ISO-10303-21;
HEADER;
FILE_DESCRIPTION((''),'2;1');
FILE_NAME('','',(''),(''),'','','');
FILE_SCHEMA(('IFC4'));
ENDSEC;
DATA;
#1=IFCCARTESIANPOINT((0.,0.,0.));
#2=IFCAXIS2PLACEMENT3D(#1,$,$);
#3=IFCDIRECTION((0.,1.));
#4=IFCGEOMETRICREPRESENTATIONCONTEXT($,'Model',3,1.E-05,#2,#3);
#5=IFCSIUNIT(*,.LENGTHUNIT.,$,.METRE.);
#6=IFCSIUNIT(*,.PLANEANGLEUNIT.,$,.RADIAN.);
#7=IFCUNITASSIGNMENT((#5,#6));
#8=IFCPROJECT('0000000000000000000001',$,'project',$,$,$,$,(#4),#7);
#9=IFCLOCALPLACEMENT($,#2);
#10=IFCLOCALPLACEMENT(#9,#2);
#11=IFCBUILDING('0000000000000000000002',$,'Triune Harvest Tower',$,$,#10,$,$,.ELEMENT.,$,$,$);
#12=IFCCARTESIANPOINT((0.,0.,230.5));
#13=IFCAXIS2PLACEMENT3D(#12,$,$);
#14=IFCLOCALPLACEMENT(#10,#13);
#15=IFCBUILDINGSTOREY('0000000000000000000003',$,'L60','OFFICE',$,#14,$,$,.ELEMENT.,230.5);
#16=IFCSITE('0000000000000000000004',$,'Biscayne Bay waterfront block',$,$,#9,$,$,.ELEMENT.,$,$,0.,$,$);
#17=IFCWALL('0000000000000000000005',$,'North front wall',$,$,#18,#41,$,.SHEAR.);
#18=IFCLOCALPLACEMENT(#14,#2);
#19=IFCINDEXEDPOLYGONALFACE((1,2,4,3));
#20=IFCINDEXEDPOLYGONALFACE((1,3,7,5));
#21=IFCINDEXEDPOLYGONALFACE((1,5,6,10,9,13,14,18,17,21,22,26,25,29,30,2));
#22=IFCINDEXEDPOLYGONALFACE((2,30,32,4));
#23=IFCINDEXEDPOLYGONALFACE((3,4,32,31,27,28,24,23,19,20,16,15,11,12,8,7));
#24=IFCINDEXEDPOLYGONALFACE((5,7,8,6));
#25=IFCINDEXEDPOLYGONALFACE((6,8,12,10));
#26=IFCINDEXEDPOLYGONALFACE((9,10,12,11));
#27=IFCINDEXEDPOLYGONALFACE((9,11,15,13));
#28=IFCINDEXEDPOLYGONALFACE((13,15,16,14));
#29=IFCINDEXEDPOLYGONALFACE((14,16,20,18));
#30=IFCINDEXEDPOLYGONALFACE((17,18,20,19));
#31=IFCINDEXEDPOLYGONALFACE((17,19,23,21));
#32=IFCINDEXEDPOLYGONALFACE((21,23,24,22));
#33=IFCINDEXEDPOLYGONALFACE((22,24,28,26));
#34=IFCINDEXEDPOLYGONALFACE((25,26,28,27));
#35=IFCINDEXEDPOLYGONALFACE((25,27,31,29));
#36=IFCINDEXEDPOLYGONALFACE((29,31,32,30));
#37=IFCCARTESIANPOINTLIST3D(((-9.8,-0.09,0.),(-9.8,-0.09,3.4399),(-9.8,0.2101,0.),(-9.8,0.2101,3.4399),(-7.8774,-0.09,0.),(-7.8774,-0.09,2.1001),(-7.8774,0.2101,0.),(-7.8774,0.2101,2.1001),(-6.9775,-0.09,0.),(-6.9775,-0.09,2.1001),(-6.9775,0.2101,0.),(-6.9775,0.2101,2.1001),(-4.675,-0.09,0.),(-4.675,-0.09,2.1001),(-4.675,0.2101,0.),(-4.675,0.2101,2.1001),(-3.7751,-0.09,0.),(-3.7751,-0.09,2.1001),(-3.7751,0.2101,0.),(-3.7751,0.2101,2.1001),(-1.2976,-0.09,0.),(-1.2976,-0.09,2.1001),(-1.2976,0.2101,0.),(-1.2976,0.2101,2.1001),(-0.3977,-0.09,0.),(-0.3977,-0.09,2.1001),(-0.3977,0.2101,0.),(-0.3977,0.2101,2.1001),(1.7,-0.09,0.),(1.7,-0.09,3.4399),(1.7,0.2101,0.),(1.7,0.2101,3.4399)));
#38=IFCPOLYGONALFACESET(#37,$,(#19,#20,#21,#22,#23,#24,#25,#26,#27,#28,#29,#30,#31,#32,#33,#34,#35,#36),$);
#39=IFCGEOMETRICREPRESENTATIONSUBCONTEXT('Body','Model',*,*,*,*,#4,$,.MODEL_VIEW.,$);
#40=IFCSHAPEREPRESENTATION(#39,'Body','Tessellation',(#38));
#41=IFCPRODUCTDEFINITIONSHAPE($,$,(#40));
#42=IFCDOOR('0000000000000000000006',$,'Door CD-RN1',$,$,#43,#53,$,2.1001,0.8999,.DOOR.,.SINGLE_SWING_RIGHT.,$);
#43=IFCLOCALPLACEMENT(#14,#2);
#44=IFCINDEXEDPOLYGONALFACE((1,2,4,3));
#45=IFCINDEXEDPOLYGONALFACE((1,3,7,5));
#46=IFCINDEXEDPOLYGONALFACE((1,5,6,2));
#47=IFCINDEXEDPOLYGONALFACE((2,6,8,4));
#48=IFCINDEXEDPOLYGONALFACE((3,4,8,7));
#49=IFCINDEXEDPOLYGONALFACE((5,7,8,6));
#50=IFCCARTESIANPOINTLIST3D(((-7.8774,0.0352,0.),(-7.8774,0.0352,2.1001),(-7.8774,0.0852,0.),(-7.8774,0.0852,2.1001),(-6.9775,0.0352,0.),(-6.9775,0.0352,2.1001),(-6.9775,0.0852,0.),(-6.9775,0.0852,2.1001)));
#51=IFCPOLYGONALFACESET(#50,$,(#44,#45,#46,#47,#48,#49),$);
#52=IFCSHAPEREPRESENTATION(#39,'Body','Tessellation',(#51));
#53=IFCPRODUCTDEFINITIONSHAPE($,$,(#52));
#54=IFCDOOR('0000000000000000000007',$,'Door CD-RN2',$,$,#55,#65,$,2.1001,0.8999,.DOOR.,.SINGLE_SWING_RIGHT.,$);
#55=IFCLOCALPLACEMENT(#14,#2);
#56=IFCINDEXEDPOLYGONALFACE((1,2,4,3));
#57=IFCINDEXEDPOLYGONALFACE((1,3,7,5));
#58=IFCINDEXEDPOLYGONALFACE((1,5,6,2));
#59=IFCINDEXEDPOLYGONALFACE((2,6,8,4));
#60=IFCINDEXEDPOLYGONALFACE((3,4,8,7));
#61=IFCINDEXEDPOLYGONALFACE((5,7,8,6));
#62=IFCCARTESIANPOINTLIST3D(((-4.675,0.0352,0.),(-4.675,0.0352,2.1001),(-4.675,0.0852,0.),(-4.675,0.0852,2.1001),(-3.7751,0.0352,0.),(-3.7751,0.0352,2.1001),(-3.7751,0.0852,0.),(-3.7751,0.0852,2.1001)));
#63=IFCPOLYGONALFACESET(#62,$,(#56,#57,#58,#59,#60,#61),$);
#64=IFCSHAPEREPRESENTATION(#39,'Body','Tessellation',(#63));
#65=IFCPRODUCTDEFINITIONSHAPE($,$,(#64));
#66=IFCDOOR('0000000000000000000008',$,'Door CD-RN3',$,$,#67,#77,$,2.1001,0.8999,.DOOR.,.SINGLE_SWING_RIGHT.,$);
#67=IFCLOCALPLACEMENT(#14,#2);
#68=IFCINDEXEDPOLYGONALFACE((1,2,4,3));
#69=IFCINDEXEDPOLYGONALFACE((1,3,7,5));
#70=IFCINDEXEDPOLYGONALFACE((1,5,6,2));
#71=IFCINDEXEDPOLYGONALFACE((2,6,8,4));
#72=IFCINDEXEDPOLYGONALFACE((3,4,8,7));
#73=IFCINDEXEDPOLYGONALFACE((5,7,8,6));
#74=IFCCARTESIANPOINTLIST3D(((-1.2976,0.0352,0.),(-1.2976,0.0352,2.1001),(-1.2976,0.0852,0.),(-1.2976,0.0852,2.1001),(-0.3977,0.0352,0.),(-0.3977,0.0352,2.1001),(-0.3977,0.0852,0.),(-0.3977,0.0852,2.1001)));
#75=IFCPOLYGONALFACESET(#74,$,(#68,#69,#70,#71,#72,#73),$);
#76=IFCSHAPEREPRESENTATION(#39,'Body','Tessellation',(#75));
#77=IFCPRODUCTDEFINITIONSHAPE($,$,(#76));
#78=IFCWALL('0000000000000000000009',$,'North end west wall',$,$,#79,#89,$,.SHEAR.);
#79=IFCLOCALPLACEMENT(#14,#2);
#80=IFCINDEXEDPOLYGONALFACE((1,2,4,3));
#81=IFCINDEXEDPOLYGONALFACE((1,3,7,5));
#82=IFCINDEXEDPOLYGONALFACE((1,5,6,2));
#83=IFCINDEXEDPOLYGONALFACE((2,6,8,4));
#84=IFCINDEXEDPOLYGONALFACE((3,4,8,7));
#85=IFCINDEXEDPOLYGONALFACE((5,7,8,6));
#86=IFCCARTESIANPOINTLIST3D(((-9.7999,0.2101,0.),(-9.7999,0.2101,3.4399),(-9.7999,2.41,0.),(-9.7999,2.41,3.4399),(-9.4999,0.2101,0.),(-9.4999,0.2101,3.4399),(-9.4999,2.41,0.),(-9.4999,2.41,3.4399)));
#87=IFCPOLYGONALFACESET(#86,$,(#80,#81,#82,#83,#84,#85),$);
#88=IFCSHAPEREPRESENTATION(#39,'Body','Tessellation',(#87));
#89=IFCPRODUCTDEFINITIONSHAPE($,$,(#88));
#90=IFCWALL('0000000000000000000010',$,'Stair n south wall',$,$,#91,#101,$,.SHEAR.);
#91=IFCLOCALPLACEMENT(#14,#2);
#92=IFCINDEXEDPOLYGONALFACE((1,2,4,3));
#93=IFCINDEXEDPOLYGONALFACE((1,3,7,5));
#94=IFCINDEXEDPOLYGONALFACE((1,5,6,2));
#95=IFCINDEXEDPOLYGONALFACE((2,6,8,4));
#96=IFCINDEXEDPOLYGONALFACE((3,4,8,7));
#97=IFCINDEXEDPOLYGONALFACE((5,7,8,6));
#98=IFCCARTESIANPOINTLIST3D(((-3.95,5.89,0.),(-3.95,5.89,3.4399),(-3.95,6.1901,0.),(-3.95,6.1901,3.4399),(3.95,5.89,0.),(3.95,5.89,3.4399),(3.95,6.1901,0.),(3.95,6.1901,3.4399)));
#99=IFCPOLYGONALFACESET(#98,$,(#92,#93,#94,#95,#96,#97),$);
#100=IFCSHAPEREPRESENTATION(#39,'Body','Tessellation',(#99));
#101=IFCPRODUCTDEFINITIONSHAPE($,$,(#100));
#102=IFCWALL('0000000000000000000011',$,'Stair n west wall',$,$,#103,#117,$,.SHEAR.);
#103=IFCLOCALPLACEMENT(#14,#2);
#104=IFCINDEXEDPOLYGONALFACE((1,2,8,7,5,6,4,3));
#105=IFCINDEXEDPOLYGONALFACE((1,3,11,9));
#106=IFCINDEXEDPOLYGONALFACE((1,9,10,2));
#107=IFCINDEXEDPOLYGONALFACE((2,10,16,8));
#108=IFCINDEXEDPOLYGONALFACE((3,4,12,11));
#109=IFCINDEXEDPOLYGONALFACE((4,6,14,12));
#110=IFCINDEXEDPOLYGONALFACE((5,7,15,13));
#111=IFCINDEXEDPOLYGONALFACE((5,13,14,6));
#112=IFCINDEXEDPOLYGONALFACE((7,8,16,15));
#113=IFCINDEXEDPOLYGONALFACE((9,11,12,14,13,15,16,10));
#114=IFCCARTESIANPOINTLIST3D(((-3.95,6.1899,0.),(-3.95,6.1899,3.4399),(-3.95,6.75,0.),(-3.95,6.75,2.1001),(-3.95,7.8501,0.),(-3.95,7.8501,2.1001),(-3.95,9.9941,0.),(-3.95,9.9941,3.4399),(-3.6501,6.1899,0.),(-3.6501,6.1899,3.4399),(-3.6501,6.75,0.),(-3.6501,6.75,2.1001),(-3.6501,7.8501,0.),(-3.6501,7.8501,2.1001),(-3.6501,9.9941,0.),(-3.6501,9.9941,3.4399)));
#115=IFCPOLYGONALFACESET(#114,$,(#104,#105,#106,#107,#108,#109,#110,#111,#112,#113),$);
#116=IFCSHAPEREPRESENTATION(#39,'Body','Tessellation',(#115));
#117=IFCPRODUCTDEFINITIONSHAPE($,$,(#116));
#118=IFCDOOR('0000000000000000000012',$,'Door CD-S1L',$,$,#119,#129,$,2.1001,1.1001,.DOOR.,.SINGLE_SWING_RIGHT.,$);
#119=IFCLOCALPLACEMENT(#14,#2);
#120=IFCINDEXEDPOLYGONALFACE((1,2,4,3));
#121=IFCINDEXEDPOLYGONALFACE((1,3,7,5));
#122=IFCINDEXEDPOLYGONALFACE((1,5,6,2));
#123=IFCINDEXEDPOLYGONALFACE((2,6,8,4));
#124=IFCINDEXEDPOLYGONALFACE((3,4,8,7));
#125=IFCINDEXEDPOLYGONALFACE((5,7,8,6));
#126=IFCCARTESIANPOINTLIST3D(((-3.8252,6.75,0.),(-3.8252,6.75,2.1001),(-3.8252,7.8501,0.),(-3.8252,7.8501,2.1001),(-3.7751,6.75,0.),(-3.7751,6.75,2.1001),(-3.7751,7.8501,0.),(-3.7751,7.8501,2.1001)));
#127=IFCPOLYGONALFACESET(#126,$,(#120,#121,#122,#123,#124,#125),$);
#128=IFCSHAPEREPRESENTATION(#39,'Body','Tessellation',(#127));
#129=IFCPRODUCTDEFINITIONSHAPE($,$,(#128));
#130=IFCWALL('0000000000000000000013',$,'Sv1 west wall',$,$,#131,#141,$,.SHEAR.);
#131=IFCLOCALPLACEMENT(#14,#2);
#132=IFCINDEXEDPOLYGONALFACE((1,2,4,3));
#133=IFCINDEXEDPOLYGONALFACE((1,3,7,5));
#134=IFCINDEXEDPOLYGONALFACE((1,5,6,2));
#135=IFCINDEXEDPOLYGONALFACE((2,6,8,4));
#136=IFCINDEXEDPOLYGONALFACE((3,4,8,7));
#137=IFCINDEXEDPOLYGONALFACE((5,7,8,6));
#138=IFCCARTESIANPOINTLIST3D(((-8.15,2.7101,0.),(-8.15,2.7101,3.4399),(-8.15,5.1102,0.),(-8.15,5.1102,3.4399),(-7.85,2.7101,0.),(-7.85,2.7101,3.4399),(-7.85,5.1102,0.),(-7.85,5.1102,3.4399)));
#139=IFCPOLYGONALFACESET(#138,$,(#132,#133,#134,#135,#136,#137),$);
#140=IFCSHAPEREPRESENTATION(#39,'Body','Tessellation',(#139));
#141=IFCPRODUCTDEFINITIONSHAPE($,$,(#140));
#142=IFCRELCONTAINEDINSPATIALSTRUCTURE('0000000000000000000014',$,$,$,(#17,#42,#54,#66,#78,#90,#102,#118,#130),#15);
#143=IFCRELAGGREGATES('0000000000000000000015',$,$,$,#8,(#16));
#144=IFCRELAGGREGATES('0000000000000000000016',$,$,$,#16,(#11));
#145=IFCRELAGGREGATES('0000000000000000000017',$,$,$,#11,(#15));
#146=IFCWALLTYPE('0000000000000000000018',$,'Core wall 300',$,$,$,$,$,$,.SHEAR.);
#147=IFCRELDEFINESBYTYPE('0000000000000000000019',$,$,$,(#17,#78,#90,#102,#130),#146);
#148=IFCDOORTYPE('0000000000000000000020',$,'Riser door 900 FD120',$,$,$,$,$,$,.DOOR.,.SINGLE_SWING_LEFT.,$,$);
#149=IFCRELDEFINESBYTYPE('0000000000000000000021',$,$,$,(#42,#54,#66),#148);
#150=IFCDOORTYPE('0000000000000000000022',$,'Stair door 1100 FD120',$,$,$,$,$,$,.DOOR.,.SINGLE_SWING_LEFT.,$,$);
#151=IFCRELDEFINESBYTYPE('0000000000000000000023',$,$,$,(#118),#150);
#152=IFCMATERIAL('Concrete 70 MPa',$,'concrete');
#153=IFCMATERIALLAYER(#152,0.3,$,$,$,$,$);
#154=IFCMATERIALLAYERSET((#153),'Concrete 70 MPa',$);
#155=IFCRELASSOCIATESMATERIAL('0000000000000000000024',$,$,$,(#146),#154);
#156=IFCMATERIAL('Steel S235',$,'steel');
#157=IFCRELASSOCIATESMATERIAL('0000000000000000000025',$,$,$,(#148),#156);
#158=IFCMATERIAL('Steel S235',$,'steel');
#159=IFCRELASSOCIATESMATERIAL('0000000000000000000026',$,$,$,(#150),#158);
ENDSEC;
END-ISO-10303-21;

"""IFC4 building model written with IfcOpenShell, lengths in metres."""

from ifc_helpers import new_model, si_unit, direction, frame, frame_2d, origin, place, context, subcontext, project, spatial, polyline, rectangle, outline, extrude, source, transform, mapped, material, layer, layer_set, type_object, element, fill, save


model = new_model("IFC4")

# Units and contexts
model_context = context("Model", 3, precision=1e-05, world=origin(), true_north=direction((0.0, 1.0)))
body_context = subcontext(model_context, "Body", "Model", "MODEL_VIEW")
ifc_project = project(units=[si_unit("LENGTHUNIT", "METRE"), si_unit("PLANEANGLEUNIT", "RADIAN")], contexts=[model_context])

# Site, building, storey
site_placement = place(None, origin())
site = spatial("IfcSite", under=ifc_project, at=site_placement, Name="Biscayne Bay waterfront block", CompositionType="ELEMENT", RefElevation=0.0)
building_placement = place(site_placement, origin())
building = spatial("IfcBuilding", under=site, at=building_placement, Name="Triune Harvest Tower", CompositionType="ELEMENT")
storey_placement = place(building_placement, frame((0.0, 0.0, 230.5)))
storey = spatial("IfcBuildingStorey", under=building, at=storey_placement, Name="L60", Description="OFFICE", CompositionType="ELEMENT", Elevation=230.5)

# Wall, openings, doors
ifc_material_1 = material(Name="Concrete 70 MPa", Category="concrete")
ifc_layer_1 = layer(ifc_material_1, 0.3)
ifc_layer_set_1 = layer_set([ifc_layer_1], Name="Concrete 70 MPa")
wall_type_1 = type_object("IfcWallType", Name="Core wall 300", PredefinedType="SHEAR", material=ifc_layer_set_1)
shared_shape_1 = source(origin(), body_context, "Body", "SweptSolid", [
    extrude(rectangle(XDim=11.5, YDim=0.3, at=frame_2d((5.75, 0.0))), origin(), (0.0, 0.0, 1.0), 3.4399),
])
wall_1_placement = place(storey_placement, frame((-9.8, 0.0601, 0.0), z_axis=(0.0, 0.0, 1.0), x_axis=(1.0, 0.0, 0.0)))
wall_1 = element("IfcWall", 1, at=wall_1_placement, inside=storey, type_object=wall_type_1, Name="North front wall", PredefinedType="SHEAR", context=body_context, shape_type="MappedRepresentation", body=[
    mapped(shared_shape_1, transform((0.0, 0.0, 0.0), scale=1.0)),
])
opening_1_placement = place(wall_1_placement, frame((1.9226, 0.0, 0.0)))
opening_1 = element("IfcOpeningElement", 2, at=opening_1_placement, cuts=wall_1, PredefinedType="OPENING", context=body_context, shape_type="SweptSolid", body=[
    extrude(rectangle(XDim=0.8999, YDim=2.1001, at=frame_2d((0.45, 1.05))), frame((0.0, 0.1602, 0.0), z_axis=(0.0, -1.0, 0.0), x_axis=(1.0, 0.0, 0.0)), (0.0, 0.0, 1.0), 0.3201),
])
opening_2_placement = place(wall_1_placement, frame((5.125, 0.0, 0.0)))
opening_2 = element("IfcOpeningElement", 3, at=opening_2_placement, cuts=wall_1, PredefinedType="OPENING", context=body_context, shape_type="SweptSolid", body=[
    extrude(rectangle(XDim=0.8999, YDim=2.1001, at=frame_2d((0.45, 1.05))), frame((0.0, 0.1602, 0.0), z_axis=(0.0, -1.0, 0.0), x_axis=(1.0, 0.0, 0.0)), (0.0, 0.0, 1.0), 0.3201),
])
opening_3_placement = place(wall_1_placement, frame((8.5024, 0.0, 0.0)))
opening_3 = element("IfcOpeningElement", 4, at=opening_3_placement, cuts=wall_1, PredefinedType="OPENING", context=body_context, shape_type="SweptSolid", body=[
    extrude(rectangle(XDim=0.8999, YDim=2.1001, at=frame_2d((0.45, 1.05))), frame((0.0, 0.1602, 0.0), z_axis=(0.0, -1.0, 0.0), x_axis=(1.0, 0.0, 0.0)), (0.0, 0.0, 1.0), 0.3201),
])
ifc_material_2 = material(Name="Steel S235", Category="steel")
door_type_1 = type_object("IfcDoorType", Name="Riser door 900 FD120", OperationType="SINGLE_SWING_LEFT", PredefinedType="DOOR", material=ifc_material_2)
door_1_placement = place(opening_1_placement, frame((0.8999, 0.0, 0.0), z_axis=(0.0, 0.0, 1.0), x_axis=(-1.0, 0.0, 0.0)))
door_1 = element("IfcDoor", 5, at=door_1_placement, inside=storey, type_object=door_type_1, Name="Door CD-RN1", OperationType="SINGLE_SWING_RIGHT", OverallHeight=2.1001, OverallWidth=0.8999, PredefinedType="DOOR", context=body_context, shape_type="SweptSolid", body=[
    extrude(rectangle(XDim=0.8999, YDim=2.1001, at=frame_2d((0.45, 1.05))), frame((0.0, 0.0249, 0.0), z_axis=(0.0, -1.0, 0.0), x_axis=(1.0, 0.0, 0.0)), (0.0, 0.0, 1.0), 0.05),
])
fill(opening_1, door_1)
door_2_placement = place(opening_2_placement, frame((0.8999, 0.0, 0.0), z_axis=(0.0, 0.0, 1.0), x_axis=(-1.0, 0.0, 0.0)))
door_2 = element("IfcDoor", 6, at=door_2_placement, inside=storey, type_object=door_type_1, Name="Door CD-RN2", OperationType="SINGLE_SWING_RIGHT", OverallHeight=2.1001, OverallWidth=0.8999, PredefinedType="DOOR", context=body_context, shape_type="SweptSolid", body=[
    extrude(rectangle(XDim=0.8999, YDim=2.1001, at=frame_2d((0.45, 1.05))), frame((0.0, 0.0249, 0.0), z_axis=(0.0, -1.0, 0.0), x_axis=(1.0, 0.0, 0.0)), (0.0, 0.0, 1.0), 0.05),
])
fill(opening_2, door_2)
door_3_placement = place(opening_3_placement, frame((0.8999, 0.0, 0.0), z_axis=(0.0, 0.0, 1.0), x_axis=(-1.0, 0.0, 0.0)))
door_3 = element("IfcDoor", 7, at=door_3_placement, inside=storey, type_object=door_type_1, Name="Door CD-RN3", OperationType="SINGLE_SWING_RIGHT", OverallHeight=2.1001, OverallWidth=0.8999, PredefinedType="DOOR", context=body_context, shape_type="SweptSolid", body=[
    extrude(rectangle(XDim=0.8999, YDim=2.1001, at=frame_2d((0.45, 1.05))), frame((0.0, 0.0249, 0.0), z_axis=(0.0, -1.0, 0.0), x_axis=(1.0, 0.0, 0.0)), (0.0, 0.0, 1.0), 0.05),
])
fill(opening_3, door_3)

# Walls
shared_shape_2 = source(origin(), body_context, "Body", "SweptSolid", [
    extrude(rectangle(XDim=2.2, YDim=0.3, at=frame_2d((1.1001, 0.0))), origin(), (0.0, 0.0, 1.0), 3.4399),
])
wall_2_placement = place(storey_placement, frame((-9.6499, 0.21, 0.0), z_axis=(0.0, 0.0, 1.0), x_axis=(0.0, 1.0, 0.0)))
element("IfcWall", 8, at=wall_2_placement, inside=storey, type_object=wall_type_1, Name="North end west wall", PredefinedType="SHEAR", context=body_context, shape_type="MappedRepresentation", body=[
    mapped(shared_shape_2, transform((0.0, 0.0, 0.0), scale=1.0)),
])
shared_shape_3 = source(origin(), body_context, "Body", "SweptSolid", [
    extrude(rectangle(XDim=7.8999, YDim=0.3, at=frame_2d((3.95, 0.0))), origin(), (0.0, 0.0, 1.0), 3.4399),
])
wall_3_placement = place(storey_placement, frame((-3.95, 6.04, 0.0), z_axis=(0.0, 0.0, 1.0), x_axis=(1.0, 0.0, 0.0)))
element("IfcWall", 9, at=wall_3_placement, inside=storey, type_object=wall_type_1, Name="Stair n south wall", PredefinedType="SHEAR", context=body_context, shape_type="MappedRepresentation", body=[
    mapped(shared_shape_3, transform((0.0, 0.0, 0.0), scale=1.0)),
])

# Wall, opening, door
shared_shape_4 = source(origin(), body_context, "Body", "SweptSolid", [
    extrude(outline(polyline([(0.0, -0.1499), (0.0, 0.1499), (3.8042, 0.1499), (3.8042, -0.1499), (0.0, -0.1499)])), origin(), (0.0, 0.0, 1.0), 3.4399),
])
wall_4_placement = place(storey_placement, frame((-3.8, 6.1899, 0.0), z_axis=(0.0, 0.0, 1.0), x_axis=(0.0, 1.0, 0.0)))
wall_4 = element("IfcWall", 10, at=wall_4_placement, inside=storey, type_object=wall_type_1, Name="Stair n west wall", PredefinedType="SHEAR", context=body_context, shape_type="MappedRepresentation", body=[
    mapped(shared_shape_4, transform((0.0, 0.0, 0.0), scale=1.0)),
])
opening_4_placement = place(wall_4_placement, frame((0.5601, 0.0, 0.0)))
opening_4 = element("IfcOpeningElement", 11, at=opening_4_placement, cuts=wall_4, PredefinedType="OPENING", context=body_context, shape_type="SweptSolid", body=[
    extrude(rectangle(XDim=1.1001, YDim=2.1001, at=frame_2d((0.55, 1.05))), frame((0.0, 0.1602, 0.0), z_axis=(0.0, -1.0, 0.0), x_axis=(1.0, 0.0, 0.0)), (0.0, 0.0, 1.0), 0.3201),
])
ifc_material_3 = material(Name="Steel S235", Category="steel")
door_type_2 = type_object("IfcDoorType", Name="Stair door 1100 FD120", OperationType="SINGLE_SWING_LEFT", PredefinedType="DOOR", material=ifc_material_3)
door_4_placement = place(opening_4_placement, frame((1.1001, 0.0, 0.0), z_axis=(0.0, 0.0, 1.0), x_axis=(-1.0, 0.0, 0.0)))
door_4 = element("IfcDoor", 12, at=door_4_placement, inside=storey, type_object=door_type_2, Name="Door CD-S1L", OperationType="SINGLE_SWING_RIGHT", OverallHeight=2.1001, OverallWidth=1.1001, PredefinedType="DOOR", context=body_context, shape_type="SweptSolid", body=[
    extrude(rectangle(XDim=1.1001, YDim=2.1001, at=frame_2d((0.55, 1.05))), frame((0.0, 0.0249, 0.0), z_axis=(0.0, -1.0, 0.0), x_axis=(1.0, 0.0, 0.0)), (0.0, 0.0, 1.0), 0.05),
])
fill(opening_4, door_4)

# Wall
shared_shape_5 = source(origin(), body_context, "Body", "SweptSolid", [
    extrude(rectangle(XDim=2.4001, YDim=0.3, at=frame_2d((1.2002, 0.0))), origin(), (0.0, 0.0, 1.0), 3.4399),
])
wall_5_placement = place(storey_placement, frame((-8.0, 2.71, 0.0), z_axis=(0.0, 0.0, 1.0), x_axis=(0.0, 1.0, 0.0)))
element("IfcWall", 13, at=wall_5_placement, inside=storey, type_object=wall_type_1, Name="Sv1 west wall", PredefinedType="SHEAR", context=body_context, shape_type="MappedRepresentation", body=[
    mapped(shared_shape_5, transform((0.0, 0.0, 0.0), scale=1.0)),
])

save(model, "model.ifc")
